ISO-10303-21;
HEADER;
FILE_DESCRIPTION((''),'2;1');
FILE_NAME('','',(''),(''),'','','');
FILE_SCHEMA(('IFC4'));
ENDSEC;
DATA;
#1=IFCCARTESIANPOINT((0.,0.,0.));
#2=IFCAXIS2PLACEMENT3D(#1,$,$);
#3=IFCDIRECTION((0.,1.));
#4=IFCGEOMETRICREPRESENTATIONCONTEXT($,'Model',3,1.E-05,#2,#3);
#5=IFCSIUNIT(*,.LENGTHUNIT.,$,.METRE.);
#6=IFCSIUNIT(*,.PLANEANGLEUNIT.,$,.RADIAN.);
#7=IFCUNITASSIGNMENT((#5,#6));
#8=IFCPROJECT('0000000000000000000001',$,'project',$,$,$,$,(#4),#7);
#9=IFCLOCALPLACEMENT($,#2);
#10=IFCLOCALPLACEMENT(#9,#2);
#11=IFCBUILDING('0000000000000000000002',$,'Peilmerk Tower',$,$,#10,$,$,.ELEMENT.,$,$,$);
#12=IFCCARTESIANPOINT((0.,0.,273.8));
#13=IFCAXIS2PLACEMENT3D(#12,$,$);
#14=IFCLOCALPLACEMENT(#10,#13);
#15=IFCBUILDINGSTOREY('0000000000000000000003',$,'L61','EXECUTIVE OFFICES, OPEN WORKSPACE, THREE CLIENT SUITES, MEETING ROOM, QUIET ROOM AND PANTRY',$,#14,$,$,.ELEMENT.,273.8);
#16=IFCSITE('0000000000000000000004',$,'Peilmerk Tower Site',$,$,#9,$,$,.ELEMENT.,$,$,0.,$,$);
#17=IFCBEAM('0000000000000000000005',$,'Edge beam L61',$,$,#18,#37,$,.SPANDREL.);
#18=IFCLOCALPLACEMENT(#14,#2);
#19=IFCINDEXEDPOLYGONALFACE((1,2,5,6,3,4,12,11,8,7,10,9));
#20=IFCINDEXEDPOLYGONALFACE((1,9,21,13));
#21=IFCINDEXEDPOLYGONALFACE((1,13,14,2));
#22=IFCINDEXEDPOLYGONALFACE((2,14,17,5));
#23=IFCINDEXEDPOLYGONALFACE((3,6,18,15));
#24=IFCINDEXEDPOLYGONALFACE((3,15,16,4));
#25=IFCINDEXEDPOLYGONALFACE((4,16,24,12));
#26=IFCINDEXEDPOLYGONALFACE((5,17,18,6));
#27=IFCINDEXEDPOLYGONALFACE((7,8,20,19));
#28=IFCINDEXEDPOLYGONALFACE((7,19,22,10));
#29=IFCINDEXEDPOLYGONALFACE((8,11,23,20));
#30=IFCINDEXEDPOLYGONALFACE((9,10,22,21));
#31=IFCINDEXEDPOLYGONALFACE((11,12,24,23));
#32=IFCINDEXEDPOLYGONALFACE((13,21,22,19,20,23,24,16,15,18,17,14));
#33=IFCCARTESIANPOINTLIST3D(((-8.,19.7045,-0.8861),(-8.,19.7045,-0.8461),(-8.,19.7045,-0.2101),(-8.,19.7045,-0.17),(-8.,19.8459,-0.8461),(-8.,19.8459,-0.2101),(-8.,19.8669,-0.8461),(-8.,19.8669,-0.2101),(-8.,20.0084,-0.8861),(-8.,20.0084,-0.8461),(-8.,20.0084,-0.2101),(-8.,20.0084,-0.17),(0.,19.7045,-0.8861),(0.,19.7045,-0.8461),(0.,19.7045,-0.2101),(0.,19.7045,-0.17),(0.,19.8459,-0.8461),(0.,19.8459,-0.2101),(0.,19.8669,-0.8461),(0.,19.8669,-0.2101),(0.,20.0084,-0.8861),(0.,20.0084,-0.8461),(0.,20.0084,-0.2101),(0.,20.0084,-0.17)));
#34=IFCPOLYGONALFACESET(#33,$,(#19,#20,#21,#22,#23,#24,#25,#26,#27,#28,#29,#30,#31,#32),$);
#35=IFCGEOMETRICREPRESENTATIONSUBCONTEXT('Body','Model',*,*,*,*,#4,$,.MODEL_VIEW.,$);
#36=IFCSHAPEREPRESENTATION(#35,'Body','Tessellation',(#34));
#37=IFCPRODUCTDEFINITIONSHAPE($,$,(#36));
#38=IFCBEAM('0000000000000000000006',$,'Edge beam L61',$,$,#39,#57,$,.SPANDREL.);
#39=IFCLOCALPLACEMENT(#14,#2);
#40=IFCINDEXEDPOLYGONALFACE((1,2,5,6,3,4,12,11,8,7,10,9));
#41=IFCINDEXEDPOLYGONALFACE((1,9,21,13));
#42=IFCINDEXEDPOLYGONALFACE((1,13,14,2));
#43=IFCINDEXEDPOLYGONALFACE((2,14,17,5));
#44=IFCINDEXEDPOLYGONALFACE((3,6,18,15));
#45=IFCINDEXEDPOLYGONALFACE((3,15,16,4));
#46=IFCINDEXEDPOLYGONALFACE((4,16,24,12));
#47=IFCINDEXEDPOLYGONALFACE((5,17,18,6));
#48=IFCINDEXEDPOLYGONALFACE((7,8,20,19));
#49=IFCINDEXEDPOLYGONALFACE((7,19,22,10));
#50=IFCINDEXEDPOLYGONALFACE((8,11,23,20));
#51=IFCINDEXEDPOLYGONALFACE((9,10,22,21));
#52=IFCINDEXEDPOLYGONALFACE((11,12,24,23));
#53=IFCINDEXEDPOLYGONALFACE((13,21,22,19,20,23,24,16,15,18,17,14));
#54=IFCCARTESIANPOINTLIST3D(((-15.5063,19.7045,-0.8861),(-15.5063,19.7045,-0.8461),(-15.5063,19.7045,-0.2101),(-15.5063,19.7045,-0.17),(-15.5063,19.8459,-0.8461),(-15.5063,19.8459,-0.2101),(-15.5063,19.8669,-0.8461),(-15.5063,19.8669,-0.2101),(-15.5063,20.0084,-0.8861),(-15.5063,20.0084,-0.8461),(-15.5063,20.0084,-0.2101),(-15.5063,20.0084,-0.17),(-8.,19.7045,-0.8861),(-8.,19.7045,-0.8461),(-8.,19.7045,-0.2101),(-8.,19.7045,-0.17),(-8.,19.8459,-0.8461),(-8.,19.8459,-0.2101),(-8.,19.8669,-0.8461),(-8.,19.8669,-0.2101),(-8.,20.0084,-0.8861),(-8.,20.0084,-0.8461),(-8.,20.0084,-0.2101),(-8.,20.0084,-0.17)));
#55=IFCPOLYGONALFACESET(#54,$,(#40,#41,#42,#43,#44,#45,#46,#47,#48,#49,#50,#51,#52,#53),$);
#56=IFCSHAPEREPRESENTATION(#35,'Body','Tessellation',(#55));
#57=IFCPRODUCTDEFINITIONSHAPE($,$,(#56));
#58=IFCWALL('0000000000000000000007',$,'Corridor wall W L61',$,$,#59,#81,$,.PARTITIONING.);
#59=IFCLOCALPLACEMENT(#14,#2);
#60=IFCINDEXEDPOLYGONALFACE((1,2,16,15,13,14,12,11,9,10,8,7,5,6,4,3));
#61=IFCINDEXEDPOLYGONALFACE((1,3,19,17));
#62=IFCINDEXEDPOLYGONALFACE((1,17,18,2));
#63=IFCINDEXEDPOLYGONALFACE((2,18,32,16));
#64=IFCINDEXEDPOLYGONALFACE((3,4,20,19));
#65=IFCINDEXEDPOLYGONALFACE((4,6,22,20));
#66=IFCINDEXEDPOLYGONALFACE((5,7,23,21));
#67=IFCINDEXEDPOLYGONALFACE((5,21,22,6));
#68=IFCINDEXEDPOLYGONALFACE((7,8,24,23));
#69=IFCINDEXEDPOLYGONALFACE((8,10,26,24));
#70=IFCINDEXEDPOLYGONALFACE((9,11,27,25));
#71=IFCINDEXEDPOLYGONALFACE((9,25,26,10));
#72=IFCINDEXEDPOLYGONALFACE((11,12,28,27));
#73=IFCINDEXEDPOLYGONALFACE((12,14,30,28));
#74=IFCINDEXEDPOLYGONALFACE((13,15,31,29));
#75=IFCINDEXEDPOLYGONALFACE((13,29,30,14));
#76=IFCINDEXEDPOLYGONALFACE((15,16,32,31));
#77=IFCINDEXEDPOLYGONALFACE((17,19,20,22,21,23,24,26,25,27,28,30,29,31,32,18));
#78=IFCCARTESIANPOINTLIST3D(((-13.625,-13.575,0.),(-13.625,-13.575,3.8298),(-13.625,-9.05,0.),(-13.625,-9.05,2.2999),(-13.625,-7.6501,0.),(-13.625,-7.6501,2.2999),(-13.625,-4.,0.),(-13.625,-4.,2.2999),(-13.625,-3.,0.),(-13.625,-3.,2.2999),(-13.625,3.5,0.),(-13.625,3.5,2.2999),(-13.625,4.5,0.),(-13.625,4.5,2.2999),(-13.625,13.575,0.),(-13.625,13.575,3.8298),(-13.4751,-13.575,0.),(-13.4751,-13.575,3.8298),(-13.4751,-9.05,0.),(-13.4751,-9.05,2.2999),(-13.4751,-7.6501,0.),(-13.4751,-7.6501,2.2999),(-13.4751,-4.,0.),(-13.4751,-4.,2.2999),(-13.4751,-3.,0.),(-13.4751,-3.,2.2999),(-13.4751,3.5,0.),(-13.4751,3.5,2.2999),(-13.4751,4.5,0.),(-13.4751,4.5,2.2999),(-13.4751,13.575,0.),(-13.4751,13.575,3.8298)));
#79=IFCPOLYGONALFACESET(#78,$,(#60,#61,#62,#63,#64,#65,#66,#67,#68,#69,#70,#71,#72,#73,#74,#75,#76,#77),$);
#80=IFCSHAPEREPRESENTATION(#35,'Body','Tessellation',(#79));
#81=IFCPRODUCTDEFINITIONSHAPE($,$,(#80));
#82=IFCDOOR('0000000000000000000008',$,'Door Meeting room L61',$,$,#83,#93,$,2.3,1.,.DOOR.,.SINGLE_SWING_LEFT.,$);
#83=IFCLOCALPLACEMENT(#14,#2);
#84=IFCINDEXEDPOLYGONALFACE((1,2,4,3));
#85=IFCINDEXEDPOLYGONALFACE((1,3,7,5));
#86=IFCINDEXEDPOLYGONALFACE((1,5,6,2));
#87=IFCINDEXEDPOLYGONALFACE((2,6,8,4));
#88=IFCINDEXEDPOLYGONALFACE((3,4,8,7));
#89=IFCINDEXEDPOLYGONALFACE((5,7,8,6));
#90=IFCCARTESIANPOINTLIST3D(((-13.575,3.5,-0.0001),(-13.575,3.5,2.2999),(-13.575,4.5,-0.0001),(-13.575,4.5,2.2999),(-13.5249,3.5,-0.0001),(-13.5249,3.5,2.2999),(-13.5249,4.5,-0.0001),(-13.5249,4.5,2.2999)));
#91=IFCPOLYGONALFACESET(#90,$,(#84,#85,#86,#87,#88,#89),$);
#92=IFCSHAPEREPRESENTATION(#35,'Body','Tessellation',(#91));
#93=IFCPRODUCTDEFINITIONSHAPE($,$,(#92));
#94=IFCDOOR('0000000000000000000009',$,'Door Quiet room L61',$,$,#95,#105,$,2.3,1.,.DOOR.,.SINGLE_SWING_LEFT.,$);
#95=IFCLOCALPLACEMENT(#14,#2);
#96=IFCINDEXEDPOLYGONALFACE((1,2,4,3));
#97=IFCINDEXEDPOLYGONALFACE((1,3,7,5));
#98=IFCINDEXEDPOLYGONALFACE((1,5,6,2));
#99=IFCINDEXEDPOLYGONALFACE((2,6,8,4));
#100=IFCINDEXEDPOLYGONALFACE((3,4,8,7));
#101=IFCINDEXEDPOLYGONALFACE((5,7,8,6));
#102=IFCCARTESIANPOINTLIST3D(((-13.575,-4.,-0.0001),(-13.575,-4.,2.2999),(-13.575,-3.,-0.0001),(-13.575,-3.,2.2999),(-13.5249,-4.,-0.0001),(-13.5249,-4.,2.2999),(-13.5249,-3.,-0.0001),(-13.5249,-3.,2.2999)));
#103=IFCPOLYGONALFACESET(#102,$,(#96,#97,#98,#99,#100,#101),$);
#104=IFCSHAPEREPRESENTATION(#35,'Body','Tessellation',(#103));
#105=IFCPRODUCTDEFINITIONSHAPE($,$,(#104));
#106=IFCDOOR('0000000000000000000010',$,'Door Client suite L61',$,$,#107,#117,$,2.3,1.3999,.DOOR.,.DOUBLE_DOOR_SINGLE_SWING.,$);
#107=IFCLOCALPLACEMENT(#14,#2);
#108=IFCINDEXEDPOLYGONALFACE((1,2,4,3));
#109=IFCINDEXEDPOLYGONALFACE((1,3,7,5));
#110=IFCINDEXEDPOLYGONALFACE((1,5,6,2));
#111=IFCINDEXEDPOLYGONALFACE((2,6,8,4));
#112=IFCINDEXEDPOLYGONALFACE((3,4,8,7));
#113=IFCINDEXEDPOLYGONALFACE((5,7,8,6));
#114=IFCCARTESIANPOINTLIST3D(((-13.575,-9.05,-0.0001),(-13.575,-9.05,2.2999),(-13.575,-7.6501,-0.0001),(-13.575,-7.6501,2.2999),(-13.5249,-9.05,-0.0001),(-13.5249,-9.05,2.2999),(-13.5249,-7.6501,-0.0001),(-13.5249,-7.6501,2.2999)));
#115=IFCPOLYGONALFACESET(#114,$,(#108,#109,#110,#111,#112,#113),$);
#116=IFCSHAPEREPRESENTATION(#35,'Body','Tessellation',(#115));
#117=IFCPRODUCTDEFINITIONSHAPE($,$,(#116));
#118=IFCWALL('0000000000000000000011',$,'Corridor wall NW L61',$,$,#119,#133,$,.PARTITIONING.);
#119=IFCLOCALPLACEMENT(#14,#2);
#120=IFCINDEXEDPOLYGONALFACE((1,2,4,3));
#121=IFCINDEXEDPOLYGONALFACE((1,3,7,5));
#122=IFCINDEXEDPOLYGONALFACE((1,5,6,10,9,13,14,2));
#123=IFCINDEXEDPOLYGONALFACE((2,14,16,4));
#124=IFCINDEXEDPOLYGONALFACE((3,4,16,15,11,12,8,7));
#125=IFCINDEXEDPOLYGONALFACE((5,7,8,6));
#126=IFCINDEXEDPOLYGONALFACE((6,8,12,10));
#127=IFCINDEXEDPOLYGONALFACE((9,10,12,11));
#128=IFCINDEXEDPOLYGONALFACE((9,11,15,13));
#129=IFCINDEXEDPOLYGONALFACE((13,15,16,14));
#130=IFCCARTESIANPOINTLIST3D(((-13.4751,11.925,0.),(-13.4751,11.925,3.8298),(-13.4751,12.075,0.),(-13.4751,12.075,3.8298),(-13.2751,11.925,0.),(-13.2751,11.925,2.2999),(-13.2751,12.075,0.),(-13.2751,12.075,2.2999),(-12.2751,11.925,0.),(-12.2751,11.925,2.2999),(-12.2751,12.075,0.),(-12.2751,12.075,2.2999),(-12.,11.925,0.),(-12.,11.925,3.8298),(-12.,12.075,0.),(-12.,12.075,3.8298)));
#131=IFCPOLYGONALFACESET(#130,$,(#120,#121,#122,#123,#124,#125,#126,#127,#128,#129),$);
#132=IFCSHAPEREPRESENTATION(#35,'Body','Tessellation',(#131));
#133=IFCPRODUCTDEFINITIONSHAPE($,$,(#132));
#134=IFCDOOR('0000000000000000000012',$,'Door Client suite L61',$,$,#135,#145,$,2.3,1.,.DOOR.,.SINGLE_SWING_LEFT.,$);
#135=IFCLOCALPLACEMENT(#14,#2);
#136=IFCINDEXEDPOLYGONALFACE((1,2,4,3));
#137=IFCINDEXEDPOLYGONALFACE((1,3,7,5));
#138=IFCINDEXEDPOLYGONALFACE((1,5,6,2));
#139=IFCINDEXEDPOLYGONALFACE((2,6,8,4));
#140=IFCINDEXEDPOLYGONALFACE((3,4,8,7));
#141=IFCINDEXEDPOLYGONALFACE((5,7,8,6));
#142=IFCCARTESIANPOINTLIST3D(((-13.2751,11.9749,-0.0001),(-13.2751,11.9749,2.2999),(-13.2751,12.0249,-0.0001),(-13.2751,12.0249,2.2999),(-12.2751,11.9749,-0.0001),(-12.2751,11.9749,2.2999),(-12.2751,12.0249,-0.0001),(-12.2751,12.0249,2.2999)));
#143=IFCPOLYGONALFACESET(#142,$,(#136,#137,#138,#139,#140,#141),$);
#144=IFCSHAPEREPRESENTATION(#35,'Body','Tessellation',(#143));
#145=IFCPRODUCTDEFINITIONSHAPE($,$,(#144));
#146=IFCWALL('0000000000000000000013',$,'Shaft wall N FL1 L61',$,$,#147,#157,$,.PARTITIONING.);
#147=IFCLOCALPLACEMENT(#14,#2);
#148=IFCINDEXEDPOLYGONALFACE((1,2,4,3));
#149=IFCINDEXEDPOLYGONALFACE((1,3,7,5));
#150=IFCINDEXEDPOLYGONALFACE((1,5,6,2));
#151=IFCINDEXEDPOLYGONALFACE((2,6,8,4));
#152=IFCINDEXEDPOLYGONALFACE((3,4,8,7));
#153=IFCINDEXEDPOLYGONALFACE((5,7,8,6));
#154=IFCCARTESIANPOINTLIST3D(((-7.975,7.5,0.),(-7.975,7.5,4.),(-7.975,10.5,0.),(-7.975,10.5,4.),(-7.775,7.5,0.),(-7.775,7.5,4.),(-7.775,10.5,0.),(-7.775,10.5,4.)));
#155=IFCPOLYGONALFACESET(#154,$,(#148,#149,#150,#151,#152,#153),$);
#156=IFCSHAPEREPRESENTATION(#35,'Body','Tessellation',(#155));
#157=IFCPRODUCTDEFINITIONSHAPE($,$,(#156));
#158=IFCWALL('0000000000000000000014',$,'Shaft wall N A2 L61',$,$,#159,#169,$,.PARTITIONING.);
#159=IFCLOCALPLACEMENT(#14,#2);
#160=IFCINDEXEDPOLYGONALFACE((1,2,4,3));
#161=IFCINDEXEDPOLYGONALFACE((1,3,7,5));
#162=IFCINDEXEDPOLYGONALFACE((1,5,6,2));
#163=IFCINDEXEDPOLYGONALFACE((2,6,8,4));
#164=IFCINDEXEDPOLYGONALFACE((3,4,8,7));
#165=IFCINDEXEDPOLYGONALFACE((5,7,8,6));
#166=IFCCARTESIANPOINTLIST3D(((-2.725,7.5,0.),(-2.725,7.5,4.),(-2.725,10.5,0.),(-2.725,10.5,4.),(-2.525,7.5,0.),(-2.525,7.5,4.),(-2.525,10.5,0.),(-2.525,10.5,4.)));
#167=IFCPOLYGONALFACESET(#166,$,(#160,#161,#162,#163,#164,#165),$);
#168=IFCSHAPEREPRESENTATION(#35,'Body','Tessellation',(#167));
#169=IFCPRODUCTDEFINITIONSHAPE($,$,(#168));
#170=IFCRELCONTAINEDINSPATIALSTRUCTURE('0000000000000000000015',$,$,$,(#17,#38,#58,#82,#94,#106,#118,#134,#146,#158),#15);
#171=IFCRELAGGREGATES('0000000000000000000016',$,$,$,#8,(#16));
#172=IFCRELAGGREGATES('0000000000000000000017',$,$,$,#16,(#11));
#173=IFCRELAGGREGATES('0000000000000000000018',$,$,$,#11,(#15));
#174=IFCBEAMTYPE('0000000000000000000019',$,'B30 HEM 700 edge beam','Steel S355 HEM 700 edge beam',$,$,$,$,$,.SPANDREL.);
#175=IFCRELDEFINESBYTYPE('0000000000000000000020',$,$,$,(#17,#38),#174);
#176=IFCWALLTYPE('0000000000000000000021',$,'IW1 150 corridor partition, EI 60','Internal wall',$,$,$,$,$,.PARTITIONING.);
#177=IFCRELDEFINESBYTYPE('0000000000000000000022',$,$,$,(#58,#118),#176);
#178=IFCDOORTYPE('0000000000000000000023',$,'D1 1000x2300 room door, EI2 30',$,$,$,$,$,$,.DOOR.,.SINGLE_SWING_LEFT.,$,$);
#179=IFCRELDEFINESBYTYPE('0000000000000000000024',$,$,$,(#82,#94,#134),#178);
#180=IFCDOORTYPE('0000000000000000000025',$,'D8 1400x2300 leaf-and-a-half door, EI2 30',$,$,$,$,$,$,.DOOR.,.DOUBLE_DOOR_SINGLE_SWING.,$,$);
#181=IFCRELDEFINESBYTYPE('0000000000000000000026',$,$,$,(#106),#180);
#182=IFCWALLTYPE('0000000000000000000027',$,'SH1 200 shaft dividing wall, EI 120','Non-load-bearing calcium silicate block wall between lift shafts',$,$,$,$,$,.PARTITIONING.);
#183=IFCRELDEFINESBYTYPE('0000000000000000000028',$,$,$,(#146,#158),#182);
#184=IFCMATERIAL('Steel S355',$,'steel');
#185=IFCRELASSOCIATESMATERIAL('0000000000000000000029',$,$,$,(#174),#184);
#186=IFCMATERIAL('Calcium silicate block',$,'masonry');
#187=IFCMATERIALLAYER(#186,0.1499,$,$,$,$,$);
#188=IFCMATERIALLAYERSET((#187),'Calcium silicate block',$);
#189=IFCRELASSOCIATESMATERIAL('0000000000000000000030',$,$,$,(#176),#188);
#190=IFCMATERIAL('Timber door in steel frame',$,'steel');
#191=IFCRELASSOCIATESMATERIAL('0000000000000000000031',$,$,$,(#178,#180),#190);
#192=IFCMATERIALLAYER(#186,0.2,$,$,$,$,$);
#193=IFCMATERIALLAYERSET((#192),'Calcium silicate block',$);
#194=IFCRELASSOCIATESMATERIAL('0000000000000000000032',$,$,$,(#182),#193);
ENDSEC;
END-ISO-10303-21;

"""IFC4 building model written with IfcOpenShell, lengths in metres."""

from ifc_helpers import new_model, si_unit, direction, frame, frame_2d, origin, origin_2d, place, context, subcontext, project, spatial, rectangle, i_section, extrude, material, layer, layer_set, material_profile, profile_set, type_object, element, fill, save


model = new_model("IFC4")

# Units and contexts
model_context = context("Model", 3, precision=1e-05, world=origin(), true_north=direction((0.0, 1.0)))
body_context = subcontext(model_context, "Body", "Model", "MODEL_VIEW")
ifc_project = project(units=[si_unit("LENGTHUNIT", "METRE"), si_unit("PLANEANGLEUNIT", "RADIAN")], contexts=[model_context])

# Site, building, storey
site_placement = place(None, origin())
site = spatial("IfcSite", under=ifc_project, at=site_placement, Name="Peilmerk Tower Site", CompositionType="ELEMENT", RefElevation=0.0)
building_placement = place(site_placement, origin())
building = spatial("IfcBuilding", under=site, at=building_placement, Name="Peilmerk Tower", CompositionType="ELEMENT")
storey_placement = place(building_placement, frame((0.0, 0.0, 273.8)))
storey = spatial("IfcBuildingStorey", under=building, at=storey_placement, Name="L61", Description="EXECUTIVE OFFICES, OPEN WORKSPACE, THREE CLIENT SUITES, MEETING ROOM, QUIET ROOM AND PANTRY", CompositionType="ELEMENT", Elevation=273.8)

# Beams
ifc_material_1 = material(Name="Steel S355", Category="steel")
ifc_material_profile_1 = material_profile(ifc_material_1, i_section(OverallWidth=0.304, OverallDepth=0.7161, WebThickness=0.021, FlangeThickness=0.04, at=origin_2d()), Name="HEM 700")
ifc_profile_set_1 = profile_set([ifc_material_profile_1], Name="Steel S355")
beam_type_1 = type_object("IfcBeamType", Name="B30 HEM 700 edge beam", Description="Steel S355 HEM 700 edge beam", PredefinedType="SPANDREL", material=ifc_profile_set_1)
beam_1_placement = place(storey_placement, frame((0.0, 19.8564, -0.5281), z_axis=(-1.0, 0.0, 0.0), x_axis=(0.0, -1.0, 0.0)))
element("IfcBeam", 1, at=beam_1_placement, inside=storey, type_object=beam_type_1, Name="Edge beam L61", PredefinedType="SPANDREL", context=body_context, shape_type="SweptSolid", body=[
    extrude(i_section(OverallWidth=0.304, OverallDepth=0.7161, WebThickness=0.021, FlangeThickness=0.04, at=origin_2d()), origin(), (0.0, 0.0, 1.0), 8.0),
])
beam_2_placement = place(storey_placement, frame((-8.0, 19.8564, -0.5281), z_axis=(-1.0, 0.0, 0.0), x_axis=(0.0, -1.0, 0.0)))
element("IfcBeam", 2, at=beam_2_placement, inside=storey, type_object=beam_type_1, Name="Edge beam L61", PredefinedType="SPANDREL", context=body_context, shape_type="SweptSolid", body=[
    extrude(i_section(OverallWidth=0.304, OverallDepth=0.7161, WebThickness=0.021, FlangeThickness=0.04, at=origin_2d()), origin(), (0.0, 0.0, 1.0), 7.5063),
])

# Wall, openings, doors
ifc_material_2 = material(Name="Calcium silicate block", Category="masonry")
ifc_layer_1 = layer(ifc_material_2, 0.1499)
ifc_layer_set_1 = layer_set([ifc_layer_1], Name="Calcium silicate block")
wall_type_1 = type_object("IfcWallType", Name="IW1 150 corridor partition, EI 60", Description="Internal wall", PredefinedType="PARTITIONING", material=ifc_layer_set_1)
wall_1_placement = place(storey_placement, frame((-13.55, 13.575, 0.0), z_axis=(0.0, 0.0, 1.0), x_axis=(0.0, -1.0, 0.0)))
wall_1 = element("IfcWall", 3, at=wall_1_placement, inside=storey, type_object=wall_type_1, Name="Corridor wall W L61", PredefinedType="PARTITIONING", context=body_context, shape_type="SweptSolid", body=[
    extrude(rectangle(XDim=27.1499, YDim=0.1499, at=frame_2d((13.575, 0.0))), origin(), (0.0, 0.0, 1.0), 3.8298),
])
opening_1_placement = place(wall_1_placement, frame((21.2251, 0.0, 0.0)))
opening_1 = element("IfcOpeningElement", 4, at=opening_1_placement, cuts=wall_1, PredefinedType="OPENING", context=body_context, shape_type="SweptSolid", body=[
    extrude(rectangle(XDim=1.3999, YDim=2.3, at=frame_2d((0.7, 1.1499))), frame((0.0, 0.085, 0.0), z_axis=(0.0, -1.0, 0.0), x_axis=(1.0, 0.0, 0.0)), (0.0, 0.0, 1.0), 0.1699),
])
opening_2_placement = place(wall_1_placement, frame((9.075, 0.0, 0.0)))
opening_2 = element("IfcOpeningElement", 5, at=opening_2_placement, cuts=wall_1, PredefinedType="OPENING", context=body_context, shape_type="SweptSolid", body=[
    extrude(rectangle(XDim=1.0, YDim=2.3, at=frame_2d((0.5, 1.1499))), frame((0.0, 0.085, 0.0), z_axis=(0.0, -1.0, 0.0), x_axis=(1.0, 0.0, 0.0)), (0.0, 0.0, 1.0), 0.1699),
])
opening_3_placement = place(wall_1_placement, frame((16.575, 0.0, 0.0)))
opening_3 = element("IfcOpeningElement", 6, at=opening_3_placement, cuts=wall_1, PredefinedType="OPENING", context=body_context, shape_type="SweptSolid", body=[
    extrude(rectangle(XDim=1.0, YDim=2.3, at=frame_2d((0.5, 1.1499))), frame((0.0, 0.085, 0.0), z_axis=(0.0, -1.0, 0.0), x_axis=(1.0, 0.0, 0.0)), (0.0, 0.0, 1.0), 0.1699),
])
ifc_material_3 = material(Name="Timber door in steel frame", Category="steel")
door_type_1 = type_object("IfcDoorType", Name="D1 1000x2300 room door, EI2 30", OperationType="SINGLE_SWING_LEFT", PredefinedType="DOOR", material=ifc_material_3)
door_1_placement = place(opening_2_placement, frame((1.0, 0.0, 0.0), z_axis=(0.0, 0.0, 1.0), x_axis=(-1.0, 0.0, 0.0)))
door_1 = element("IfcDoor", 7, at=door_1_placement, inside=storey, type_object=door_type_1, Name="Door Meeting room L61", OperationType="SINGLE_SWING_LEFT", OverallHeight=2.3, OverallWidth=1.0, PredefinedType="DOOR", context=body_context, shape_type="SweptSolid", body=[
    extrude(rectangle(XDim=1.0, YDim=2.3, at=frame_2d((0.5, 1.1499))), frame((0.0, 0.0249, 0.0), z_axis=(0.0, -1.0, 0.0), x_axis=(1.0, 0.0, 0.0)), (0.0, 0.0, 1.0), 0.05),
])
fill(opening_2, door_1)
door_2_placement = place(opening_3_placement, frame((1.0, 0.0, 0.0), z_axis=(0.0, 0.0, 1.0), x_axis=(-1.0, 0.0, 0.0)))
door_2 = element("IfcDoor", 8, at=door_2_placement, inside=storey, type_object=door_type_1, Name="Door Quiet room L61", OperationType="SINGLE_SWING_LEFT", OverallHeight=2.3, OverallWidth=1.0, PredefinedType="DOOR", context=body_context, shape_type="SweptSolid", body=[
    extrude(rectangle(XDim=1.0, YDim=2.3, at=frame_2d((0.5, 1.1499))), frame((0.0, 0.0249, 0.0), z_axis=(0.0, -1.0, 0.0), x_axis=(1.0, 0.0, 0.0)), (0.0, 0.0, 1.0), 0.05),
])
fill(opening_3, door_2)
door_type_2 = type_object("IfcDoorType", Name="D8 1400x2300 leaf-and-a-half door, EI2 30", OperationType="DOUBLE_DOOR_SINGLE_SWING", PredefinedType="DOOR", material=ifc_material_3)
door_3_placement = place(opening_1_placement, frame((1.3999, 0.0, 0.0), z_axis=(0.0, 0.0, 1.0), x_axis=(-1.0, 0.0, 0.0)))
door_3 = element("IfcDoor", 9, at=door_3_placement, inside=storey, type_object=door_type_2, Name="Door Client suite L61", OperationType="DOUBLE_DOOR_SINGLE_SWING", OverallHeight=2.3, OverallWidth=1.3999, PredefinedType="DOOR", context=body_context, shape_type="SweptSolid", body=[
    extrude(rectangle(XDim=1.3999, YDim=2.3, at=frame_2d((0.7, 1.1499))), frame((0.0, 0.0249, 0.0), z_axis=(0.0, -1.0, 0.0), x_axis=(1.0, 0.0, 0.0)), (0.0, 0.0, 1.0), 0.05),
])
fill(opening_1, door_3)

# Wall, opening, door
wall_2_placement = place(storey_placement, frame((-13.4751, 12.0, 0.0), z_axis=(0.0, 0.0, 1.0), x_axis=(1.0, 0.0, 0.0)))
wall_2 = element("IfcWall", 10, at=wall_2_placement, inside=storey, type_object=wall_type_1, Name="Corridor wall NW L61", PredefinedType="PARTITIONING", context=body_context, shape_type="SweptSolid", body=[
    extrude(rectangle(XDim=1.4751, YDim=0.1499, at=frame_2d((0.7375, 0.0))), origin(), (0.0, 0.0, 1.0), 3.8298),
])
opening_4_placement = place(wall_2_placement, frame((0.2, 0.0, 0.0)))
opening_4 = element("IfcOpeningElement", 11, at=opening_4_placement, cuts=wall_2, PredefinedType="OPENING", context=body_context, shape_type="SweptSolid", body=[
    extrude(rectangle(XDim=1.0, YDim=2.3, at=frame_2d((0.5, 1.1499))), frame((0.0, 0.085, 0.0), z_axis=(0.0, -1.0, 0.0), x_axis=(1.0, 0.0, 0.0)), (0.0, 0.0, 1.0), 0.1699),
])
door_4_placement = place(opening_4_placement, origin())
door_4 = element("IfcDoor", 12, at=door_4_placement, inside=storey, type_object=door_type_1, Name="Door Client suite L61", OperationType="SINGLE_SWING_LEFT", OverallHeight=2.3, OverallWidth=1.0, PredefinedType="DOOR", context=body_context, shape_type="SweptSolid", body=[
    extrude(rectangle(XDim=1.0, YDim=2.3, at=frame_2d((0.5, 1.1499))), frame((0.0, 0.0249, 0.0), z_axis=(0.0, -1.0, 0.0), x_axis=(1.0, 0.0, 0.0)), (0.0, 0.0, 1.0), 0.05),
])
fill(opening_4, door_4)

# Walls
ifc_layer_2 = layer(ifc_material_2, 0.2)
ifc_layer_set_2 = layer_set([ifc_layer_2], Name="Calcium silicate block")
wall_type_2 = type_object("IfcWallType", Name="SH1 200 shaft dividing wall, EI 120", Description="Non-load-bearing calcium silicate block wall between lift shafts", PredefinedType="PARTITIONING", material=ifc_layer_set_2)
for number, where, z_axis, x_axis, name in (
    (13, (-7.875, 7.5, 0.0), (0.0, 0.0, 1.0), (0.0, 1.0, 0.0), "Shaft wall N FL1 L61"),
    (14, (-2.625, 7.5, 0.0), (0.0, 0.0, 1.0), (0.0, 1.0, 0.0), "Shaft wall N A2 L61"),
):
    element("IfcWall", number, at=place(storey_placement, frame(where, z_axis=z_axis, x_axis=x_axis)), inside=storey, type_object=wall_type_2, Name=name, PredefinedType="PARTITIONING", context=body_context, shape_type="SweptSolid", body=[
        extrude(rectangle(XDim=3.0, YDim=0.2, at=frame_2d((1.5, 0.0))), origin(), (0.0, 0.0, 1.0), 4.0),
    ])

save(model, "model.ifc")
